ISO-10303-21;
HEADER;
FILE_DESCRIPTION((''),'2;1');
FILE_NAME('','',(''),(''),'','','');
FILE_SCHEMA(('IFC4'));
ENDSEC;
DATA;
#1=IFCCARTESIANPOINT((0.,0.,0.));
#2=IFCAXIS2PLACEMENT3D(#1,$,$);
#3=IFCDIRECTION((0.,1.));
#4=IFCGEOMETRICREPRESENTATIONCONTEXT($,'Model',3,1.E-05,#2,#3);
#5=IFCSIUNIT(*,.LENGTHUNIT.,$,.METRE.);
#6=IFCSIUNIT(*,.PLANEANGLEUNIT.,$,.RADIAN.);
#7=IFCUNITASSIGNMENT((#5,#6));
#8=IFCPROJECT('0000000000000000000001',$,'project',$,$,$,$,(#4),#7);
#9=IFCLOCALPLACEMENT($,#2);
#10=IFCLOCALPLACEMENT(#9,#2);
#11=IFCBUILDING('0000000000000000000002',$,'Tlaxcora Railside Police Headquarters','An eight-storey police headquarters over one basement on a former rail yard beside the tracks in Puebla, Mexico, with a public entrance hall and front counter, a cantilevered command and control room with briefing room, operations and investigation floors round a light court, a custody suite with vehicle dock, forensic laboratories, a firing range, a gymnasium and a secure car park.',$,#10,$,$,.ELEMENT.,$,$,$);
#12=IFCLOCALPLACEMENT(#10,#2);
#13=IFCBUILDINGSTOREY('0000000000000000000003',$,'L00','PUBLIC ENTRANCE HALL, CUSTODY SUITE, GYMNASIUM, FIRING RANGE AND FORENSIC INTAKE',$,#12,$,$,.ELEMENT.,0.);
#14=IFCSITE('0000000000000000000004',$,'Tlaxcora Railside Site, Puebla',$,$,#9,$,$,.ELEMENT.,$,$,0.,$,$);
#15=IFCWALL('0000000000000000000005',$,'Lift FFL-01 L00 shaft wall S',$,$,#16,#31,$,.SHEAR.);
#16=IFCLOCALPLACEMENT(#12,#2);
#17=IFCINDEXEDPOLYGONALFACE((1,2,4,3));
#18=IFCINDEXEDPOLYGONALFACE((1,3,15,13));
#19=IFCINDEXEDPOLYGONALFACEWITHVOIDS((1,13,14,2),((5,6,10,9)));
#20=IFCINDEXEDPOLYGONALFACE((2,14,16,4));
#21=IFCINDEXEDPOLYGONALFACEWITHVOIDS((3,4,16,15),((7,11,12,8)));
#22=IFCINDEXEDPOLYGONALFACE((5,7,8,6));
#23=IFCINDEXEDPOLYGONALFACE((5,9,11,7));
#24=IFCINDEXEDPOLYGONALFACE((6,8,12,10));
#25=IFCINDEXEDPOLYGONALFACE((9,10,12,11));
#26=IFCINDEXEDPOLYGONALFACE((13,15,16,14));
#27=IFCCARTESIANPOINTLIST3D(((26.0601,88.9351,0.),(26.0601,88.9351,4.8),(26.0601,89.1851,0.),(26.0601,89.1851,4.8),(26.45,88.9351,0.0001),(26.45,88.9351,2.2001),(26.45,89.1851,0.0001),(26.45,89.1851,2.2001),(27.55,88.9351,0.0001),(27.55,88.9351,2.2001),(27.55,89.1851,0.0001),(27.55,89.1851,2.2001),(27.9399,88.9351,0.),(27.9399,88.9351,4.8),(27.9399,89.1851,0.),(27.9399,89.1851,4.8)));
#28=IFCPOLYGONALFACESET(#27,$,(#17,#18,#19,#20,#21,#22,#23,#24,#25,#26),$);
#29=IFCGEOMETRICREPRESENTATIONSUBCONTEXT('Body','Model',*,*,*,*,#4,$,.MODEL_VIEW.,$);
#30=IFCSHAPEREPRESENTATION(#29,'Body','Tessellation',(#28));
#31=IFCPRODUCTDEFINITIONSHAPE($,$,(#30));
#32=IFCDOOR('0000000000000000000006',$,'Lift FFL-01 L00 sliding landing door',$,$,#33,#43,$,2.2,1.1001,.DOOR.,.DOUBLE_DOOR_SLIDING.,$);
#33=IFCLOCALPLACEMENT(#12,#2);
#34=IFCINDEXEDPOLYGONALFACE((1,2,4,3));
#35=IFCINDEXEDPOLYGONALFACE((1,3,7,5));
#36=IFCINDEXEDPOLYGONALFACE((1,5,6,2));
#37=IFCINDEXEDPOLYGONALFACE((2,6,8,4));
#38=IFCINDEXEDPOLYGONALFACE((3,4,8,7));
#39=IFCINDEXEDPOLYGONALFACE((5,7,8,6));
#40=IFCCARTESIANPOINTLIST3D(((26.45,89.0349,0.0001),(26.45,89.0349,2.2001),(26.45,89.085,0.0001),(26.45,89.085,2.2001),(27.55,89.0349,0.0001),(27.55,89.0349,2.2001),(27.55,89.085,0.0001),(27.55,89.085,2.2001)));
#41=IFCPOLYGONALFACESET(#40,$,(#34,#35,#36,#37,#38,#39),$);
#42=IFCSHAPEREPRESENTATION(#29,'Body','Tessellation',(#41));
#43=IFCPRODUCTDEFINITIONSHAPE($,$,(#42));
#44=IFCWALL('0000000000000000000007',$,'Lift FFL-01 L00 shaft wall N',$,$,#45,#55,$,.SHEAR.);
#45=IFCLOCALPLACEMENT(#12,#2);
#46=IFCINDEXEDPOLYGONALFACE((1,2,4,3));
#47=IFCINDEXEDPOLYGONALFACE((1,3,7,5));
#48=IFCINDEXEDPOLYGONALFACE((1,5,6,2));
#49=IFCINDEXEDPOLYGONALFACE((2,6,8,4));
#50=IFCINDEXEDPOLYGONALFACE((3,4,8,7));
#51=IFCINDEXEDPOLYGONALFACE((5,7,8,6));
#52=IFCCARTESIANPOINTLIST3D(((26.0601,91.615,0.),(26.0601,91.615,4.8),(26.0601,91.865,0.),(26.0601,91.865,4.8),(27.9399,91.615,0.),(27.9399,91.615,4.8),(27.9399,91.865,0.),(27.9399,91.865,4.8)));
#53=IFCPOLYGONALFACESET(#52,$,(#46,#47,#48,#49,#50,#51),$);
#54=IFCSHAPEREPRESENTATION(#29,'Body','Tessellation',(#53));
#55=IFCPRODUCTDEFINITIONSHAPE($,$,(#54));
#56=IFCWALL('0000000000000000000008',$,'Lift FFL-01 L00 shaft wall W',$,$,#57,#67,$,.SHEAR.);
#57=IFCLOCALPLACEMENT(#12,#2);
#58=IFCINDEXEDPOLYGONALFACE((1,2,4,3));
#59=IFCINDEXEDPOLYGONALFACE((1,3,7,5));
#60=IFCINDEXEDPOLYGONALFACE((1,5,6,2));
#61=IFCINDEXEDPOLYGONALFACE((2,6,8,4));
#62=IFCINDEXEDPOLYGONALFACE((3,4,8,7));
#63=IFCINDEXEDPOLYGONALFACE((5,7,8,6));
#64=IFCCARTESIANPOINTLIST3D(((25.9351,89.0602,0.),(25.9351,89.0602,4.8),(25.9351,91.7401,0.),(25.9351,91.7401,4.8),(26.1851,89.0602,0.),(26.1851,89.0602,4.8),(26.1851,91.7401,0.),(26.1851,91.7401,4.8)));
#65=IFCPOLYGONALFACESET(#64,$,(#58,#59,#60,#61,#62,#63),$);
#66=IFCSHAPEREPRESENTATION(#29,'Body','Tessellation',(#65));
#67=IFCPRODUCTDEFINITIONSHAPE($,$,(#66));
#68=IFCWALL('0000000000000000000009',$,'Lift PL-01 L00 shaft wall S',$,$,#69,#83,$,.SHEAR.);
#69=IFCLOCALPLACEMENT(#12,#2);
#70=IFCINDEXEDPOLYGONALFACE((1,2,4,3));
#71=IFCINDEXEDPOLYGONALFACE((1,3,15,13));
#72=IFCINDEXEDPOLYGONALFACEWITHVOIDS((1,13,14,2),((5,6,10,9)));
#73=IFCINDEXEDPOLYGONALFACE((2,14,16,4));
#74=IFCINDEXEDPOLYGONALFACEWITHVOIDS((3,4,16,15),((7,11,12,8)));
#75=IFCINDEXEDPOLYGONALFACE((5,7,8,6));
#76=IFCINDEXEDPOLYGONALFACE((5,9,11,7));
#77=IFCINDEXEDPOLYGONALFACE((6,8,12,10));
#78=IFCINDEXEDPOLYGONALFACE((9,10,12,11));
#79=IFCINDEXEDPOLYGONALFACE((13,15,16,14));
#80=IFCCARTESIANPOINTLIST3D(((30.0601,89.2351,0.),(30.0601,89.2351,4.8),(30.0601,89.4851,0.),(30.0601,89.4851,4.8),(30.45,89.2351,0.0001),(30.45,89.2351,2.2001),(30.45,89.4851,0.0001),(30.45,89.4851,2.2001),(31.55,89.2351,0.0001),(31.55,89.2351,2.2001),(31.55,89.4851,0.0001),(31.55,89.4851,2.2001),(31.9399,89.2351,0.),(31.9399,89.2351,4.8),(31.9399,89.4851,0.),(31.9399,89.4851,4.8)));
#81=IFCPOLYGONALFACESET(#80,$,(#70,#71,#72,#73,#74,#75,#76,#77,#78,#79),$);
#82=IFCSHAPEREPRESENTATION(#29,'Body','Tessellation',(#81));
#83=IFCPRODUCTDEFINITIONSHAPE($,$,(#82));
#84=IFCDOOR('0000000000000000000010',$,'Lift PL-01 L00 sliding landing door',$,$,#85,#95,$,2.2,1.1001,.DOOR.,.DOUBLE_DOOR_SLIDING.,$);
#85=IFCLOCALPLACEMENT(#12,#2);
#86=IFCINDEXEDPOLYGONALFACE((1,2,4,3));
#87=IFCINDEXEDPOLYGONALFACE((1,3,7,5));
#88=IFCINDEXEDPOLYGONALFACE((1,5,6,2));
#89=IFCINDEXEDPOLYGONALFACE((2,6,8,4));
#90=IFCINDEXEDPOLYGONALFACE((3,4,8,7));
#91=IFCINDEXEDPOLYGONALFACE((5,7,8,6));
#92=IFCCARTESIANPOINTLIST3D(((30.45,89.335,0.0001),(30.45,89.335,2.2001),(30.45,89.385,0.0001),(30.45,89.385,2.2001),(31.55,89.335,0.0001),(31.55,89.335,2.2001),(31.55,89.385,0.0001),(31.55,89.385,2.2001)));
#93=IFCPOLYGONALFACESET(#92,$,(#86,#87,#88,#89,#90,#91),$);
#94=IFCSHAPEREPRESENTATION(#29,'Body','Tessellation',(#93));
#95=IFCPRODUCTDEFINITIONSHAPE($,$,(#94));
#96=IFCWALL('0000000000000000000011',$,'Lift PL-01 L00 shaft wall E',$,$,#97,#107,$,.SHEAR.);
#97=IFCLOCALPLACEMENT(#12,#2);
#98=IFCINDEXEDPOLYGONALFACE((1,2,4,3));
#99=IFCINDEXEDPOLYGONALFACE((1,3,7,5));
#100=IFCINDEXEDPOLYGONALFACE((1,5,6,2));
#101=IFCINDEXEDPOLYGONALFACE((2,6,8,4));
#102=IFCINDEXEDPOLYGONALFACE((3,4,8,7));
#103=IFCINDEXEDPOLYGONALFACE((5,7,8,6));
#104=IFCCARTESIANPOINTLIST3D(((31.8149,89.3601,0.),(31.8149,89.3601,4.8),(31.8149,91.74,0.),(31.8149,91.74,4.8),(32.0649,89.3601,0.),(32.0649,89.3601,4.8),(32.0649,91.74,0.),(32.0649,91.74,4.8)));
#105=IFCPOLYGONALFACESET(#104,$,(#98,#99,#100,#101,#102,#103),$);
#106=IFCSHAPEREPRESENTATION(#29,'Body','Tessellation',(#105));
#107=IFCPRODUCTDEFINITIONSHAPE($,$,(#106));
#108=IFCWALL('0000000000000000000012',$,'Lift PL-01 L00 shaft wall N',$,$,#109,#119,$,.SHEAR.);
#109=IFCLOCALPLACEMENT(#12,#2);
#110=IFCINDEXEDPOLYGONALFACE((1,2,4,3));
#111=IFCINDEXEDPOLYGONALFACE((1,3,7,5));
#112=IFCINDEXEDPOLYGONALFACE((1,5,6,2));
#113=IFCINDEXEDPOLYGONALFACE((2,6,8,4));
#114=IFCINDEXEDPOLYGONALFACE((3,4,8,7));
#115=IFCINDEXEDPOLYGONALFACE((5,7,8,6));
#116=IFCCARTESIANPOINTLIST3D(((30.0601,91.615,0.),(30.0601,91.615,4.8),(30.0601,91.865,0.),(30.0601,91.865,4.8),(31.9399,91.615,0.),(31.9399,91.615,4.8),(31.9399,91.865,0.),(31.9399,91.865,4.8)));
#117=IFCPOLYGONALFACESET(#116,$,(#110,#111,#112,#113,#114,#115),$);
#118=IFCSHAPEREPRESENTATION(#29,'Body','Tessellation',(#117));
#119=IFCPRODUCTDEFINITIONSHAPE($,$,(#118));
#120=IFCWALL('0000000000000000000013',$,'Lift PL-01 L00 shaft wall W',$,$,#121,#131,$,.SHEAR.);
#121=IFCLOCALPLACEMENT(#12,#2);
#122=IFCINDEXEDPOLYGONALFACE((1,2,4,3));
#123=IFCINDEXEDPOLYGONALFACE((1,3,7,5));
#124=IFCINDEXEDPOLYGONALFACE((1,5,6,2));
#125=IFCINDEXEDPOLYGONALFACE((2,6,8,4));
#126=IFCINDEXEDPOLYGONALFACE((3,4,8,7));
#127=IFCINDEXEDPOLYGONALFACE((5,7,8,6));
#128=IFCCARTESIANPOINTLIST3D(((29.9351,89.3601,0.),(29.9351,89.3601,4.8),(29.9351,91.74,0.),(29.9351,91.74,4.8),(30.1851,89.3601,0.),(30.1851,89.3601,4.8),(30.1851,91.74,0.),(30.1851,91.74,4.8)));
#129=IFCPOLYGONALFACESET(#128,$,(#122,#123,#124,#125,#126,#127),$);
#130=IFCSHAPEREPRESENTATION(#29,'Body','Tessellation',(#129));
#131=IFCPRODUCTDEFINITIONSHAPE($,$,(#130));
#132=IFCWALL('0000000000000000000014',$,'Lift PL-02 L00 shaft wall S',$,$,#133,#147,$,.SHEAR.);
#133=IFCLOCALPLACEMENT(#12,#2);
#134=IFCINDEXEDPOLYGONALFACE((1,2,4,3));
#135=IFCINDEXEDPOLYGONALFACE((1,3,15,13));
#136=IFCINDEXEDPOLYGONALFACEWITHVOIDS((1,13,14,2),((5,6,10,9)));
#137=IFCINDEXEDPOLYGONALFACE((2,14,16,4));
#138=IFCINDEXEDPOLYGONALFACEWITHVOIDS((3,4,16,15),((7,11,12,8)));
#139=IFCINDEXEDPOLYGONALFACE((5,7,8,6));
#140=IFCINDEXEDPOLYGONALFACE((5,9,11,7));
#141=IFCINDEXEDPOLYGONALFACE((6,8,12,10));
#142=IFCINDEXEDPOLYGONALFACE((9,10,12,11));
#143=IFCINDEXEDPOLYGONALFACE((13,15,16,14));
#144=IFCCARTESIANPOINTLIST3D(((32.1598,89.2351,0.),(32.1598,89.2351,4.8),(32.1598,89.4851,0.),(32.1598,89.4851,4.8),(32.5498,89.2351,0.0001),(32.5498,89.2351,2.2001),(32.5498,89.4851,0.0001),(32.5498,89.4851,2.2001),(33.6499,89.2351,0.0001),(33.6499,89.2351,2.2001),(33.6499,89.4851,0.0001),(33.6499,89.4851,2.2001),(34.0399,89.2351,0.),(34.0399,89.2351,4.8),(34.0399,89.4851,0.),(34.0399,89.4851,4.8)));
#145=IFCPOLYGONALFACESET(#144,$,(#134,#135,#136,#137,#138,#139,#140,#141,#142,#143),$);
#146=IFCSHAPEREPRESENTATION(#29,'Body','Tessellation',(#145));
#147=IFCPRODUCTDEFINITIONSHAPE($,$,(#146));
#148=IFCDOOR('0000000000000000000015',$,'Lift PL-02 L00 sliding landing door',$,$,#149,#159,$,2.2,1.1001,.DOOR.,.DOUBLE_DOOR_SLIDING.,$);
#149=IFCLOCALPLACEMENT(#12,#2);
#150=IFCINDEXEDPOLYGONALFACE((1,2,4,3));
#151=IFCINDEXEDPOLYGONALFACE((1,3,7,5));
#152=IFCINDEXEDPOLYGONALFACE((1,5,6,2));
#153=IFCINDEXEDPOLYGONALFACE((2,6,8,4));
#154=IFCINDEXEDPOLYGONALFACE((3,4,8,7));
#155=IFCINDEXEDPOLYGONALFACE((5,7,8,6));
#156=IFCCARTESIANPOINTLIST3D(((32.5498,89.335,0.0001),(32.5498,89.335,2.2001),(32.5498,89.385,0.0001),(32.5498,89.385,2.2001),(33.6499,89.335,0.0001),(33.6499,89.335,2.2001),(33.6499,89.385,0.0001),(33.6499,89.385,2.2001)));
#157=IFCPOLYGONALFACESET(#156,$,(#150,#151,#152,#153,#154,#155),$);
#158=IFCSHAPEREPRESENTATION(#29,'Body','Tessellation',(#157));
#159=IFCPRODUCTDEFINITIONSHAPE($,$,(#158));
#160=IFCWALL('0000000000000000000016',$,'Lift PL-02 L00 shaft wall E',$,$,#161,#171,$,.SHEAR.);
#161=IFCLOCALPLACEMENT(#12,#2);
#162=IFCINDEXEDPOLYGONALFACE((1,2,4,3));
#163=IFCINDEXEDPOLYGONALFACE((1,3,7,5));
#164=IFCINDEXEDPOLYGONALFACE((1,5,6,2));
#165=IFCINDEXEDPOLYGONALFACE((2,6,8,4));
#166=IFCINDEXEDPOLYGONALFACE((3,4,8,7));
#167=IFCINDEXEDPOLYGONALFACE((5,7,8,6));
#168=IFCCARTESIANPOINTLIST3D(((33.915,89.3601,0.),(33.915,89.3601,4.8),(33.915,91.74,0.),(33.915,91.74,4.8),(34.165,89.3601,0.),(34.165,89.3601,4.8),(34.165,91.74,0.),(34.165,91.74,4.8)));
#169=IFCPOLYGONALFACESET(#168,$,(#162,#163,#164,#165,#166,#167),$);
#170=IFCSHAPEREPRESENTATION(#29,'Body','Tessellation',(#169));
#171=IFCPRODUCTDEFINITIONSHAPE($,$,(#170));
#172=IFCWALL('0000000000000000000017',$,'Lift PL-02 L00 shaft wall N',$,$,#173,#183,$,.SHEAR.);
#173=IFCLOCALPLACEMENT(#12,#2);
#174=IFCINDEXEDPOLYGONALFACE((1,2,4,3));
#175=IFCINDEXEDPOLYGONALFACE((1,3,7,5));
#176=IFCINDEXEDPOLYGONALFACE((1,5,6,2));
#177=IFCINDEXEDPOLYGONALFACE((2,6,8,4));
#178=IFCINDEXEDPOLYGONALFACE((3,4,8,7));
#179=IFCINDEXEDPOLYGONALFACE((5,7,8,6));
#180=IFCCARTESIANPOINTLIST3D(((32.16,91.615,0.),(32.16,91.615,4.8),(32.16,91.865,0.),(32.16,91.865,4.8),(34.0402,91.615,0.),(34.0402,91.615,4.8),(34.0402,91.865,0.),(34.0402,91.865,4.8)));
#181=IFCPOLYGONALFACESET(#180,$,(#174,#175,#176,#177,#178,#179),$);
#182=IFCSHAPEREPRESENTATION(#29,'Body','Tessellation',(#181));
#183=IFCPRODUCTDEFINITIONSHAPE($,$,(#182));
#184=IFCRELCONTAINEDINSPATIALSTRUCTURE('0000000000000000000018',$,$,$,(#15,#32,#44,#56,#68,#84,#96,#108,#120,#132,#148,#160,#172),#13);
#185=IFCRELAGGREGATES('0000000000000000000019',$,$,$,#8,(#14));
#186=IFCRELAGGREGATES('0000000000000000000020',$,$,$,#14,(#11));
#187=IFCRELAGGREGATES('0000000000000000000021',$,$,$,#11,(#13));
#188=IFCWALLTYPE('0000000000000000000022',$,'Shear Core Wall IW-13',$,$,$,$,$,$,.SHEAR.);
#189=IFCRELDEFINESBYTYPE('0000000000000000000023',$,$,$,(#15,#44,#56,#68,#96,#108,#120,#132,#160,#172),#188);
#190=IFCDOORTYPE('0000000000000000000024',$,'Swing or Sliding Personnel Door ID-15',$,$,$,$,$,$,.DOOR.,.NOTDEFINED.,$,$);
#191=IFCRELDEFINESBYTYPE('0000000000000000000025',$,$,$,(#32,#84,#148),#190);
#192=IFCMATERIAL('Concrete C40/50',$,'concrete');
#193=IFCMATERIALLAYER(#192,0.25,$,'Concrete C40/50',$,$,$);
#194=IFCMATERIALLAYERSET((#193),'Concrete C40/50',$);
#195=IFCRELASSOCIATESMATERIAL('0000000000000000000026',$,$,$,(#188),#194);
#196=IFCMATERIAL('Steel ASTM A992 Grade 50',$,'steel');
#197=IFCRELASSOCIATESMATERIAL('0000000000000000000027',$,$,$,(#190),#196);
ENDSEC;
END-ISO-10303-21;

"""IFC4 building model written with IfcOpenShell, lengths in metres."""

from ifc_helpers import new_model, si_unit, direction, frame, frame_2d, origin, place, context, subcontext, project, spatial, rectangle, extrude, material, layer, layer_set, type_object, element, fill, save


model = new_model("IFC4")

# Units and contexts
model_context = context("Model", 3, precision=1e-05, world=origin(), true_north=direction((0.0, 1.0)))
body_context = subcontext(model_context, "Body", "Model", "MODEL_VIEW")
ifc_project = project(units=[si_unit("LENGTHUNIT", "METRE"), si_unit("PLANEANGLEUNIT", "RADIAN")], contexts=[model_context])

# Site, building, storey
site_placement = place(None, origin())
site = spatial("IfcSite", under=ifc_project, at=site_placement, Name="Tlaxcora Railside Site, Puebla", CompositionType="ELEMENT", RefElevation=0.0)
building_placement = place(site_placement, origin())
building = spatial("IfcBuilding", under=site, at=building_placement, Name="Tlaxcora Railside Police Headquarters", Description="An eight-storey police headquarters over one basement on a former rail yard beside the tracks in Puebla, Mexico, with a public entrance hall and front counter, a cantilevered command and control room with briefing room, operations and investigation floors round a light court, a custody suite with vehicle dock, forensic laboratories, a firing range, a gymnasium and a secure car park.", CompositionType="ELEMENT")
storey_placement = place(building_placement, origin())
storey = spatial("IfcBuildingStorey", under=building, at=storey_placement, Name="L00", Description="PUBLIC ENTRANCE HALL, CUSTODY SUITE, GYMNASIUM, FIRING RANGE AND FORENSIC INTAKE", CompositionType="ELEMENT", Elevation=0.0)

# Shared definitions
ifc_material_1 = material(Name="Concrete C40/50", Category="concrete")

# Shared definitions
ifc_material_2 = material(Name="Steel ASTM A992 Grade 50", Category="steel")

# Wall, opening, door
ifc_layer_1 = layer(ifc_material_1, 0.25, Name="Concrete C40/50")
ifc_layer_set_1 = layer_set([ifc_layer_1], Name="Concrete C40/50")
wall_type_1 = type_object("IfcWallType", Name="Shear Core Wall IW-13", PredefinedType="SHEAR", material=ifc_layer_set_1)
wall_1_placement = place(storey_placement, frame((26.0601, 89.0601, 0.0), z_axis=(0.0, 0.0, 1.0), x_axis=(1.0, 0.0, 0.0)))
wall_1 = element("IfcWall", 1, at=wall_1_placement, inside=storey, type_object=wall_type_1, Name="Lift FFL-01 L00 shaft wall S", PredefinedType="SHEAR", context=body_context, shape_type="SweptSolid", body=[
    extrude(rectangle(XDim=1.8799, YDim=0.25, at=frame_2d((0.9399, 0.0))), origin(), (0.0, 0.0, 1.0), 4.8),
])
opening_1_placement = place(wall_1_placement, frame((0.3899, 0.0, 0.0)))
opening_1 = element("IfcOpeningElement", 2, at=opening_1_placement, cuts=wall_1, PredefinedType="OPENING", context=body_context, shape_type="SweptSolid", body=[
    extrude(rectangle(XDim=1.1001, YDim=2.2, at=frame_2d((0.55, 1.1001))), frame((0.0, 0.135, 0.0), z_axis=(0.0, -1.0, 0.0), x_axis=(1.0, 0.0, 0.0)), (0.0, 0.0, 1.0), 0.27),
])
door_type = type_object("IfcDoorType", Name="Swing or Sliding Personnel Door ID-15", OperationType="NOTDEFINED", PredefinedType="DOOR", material=ifc_material_2)
door_1_placement = place(opening_1_placement, origin())
door_1 = element("IfcDoor", 3, at=door_1_placement, inside=storey, type_object=door_type, Name="Lift FFL-01 L00 sliding landing door", OperationType="DOUBLE_DOOR_SLIDING", OverallHeight=2.2, OverallWidth=1.1001, PredefinedType="DOOR", context=body_context, shape_type="SweptSolid", body=[
    extrude(rectangle(XDim=1.1001, YDim=2.2, at=frame_2d((0.55, 1.1001))), frame((0.0, 0.0249, 0.0), z_axis=(0.0, -1.0, 0.0), x_axis=(1.0, 0.0, 0.0)), (0.0, 0.0, 1.0), 0.05),
])
fill(opening_1, door_1)

# Walls
wall_2_placement = place(storey_placement, frame((27.9399, 91.74, 0.0), z_axis=(0.0, 0.0, 1.0), x_axis=(-1.0, 0.0, 0.0)))
element("IfcWall", 4, at=wall_2_placement, inside=storey, type_object=wall_type_1, Name="Lift FFL-01 L00 shaft wall N", PredefinedType="SHEAR", context=body_context, shape_type="SweptSolid", body=[
    extrude(rectangle(XDim=1.8799, YDim=0.25, at=frame_2d((0.9399, 0.0))), origin(), (0.0, 0.0, 1.0), 4.8),
])
wall_3_placement = place(storey_placement, frame((26.0601, 91.74, 0.0), z_axis=(0.0, 0.0, 1.0), x_axis=(0.0, -1.0, 0.0)))
element("IfcWall", 5, at=wall_3_placement, inside=storey, type_object=wall_type_1, Name="Lift FFL-01 L00 shaft wall W", PredefinedType="SHEAR", context=body_context, shape_type="SweptSolid", body=[
    extrude(rectangle(XDim=2.6799, YDim=0.25, at=frame_2d((1.3398, 0.0))), origin(), (0.0, 0.0, 1.0), 4.8),
])

# Wall, opening, door
wall_4_placement = place(storey_placement, frame((30.0601, 89.3601, 0.0), z_axis=(0.0, 0.0, 1.0), x_axis=(1.0, 0.0, 0.0)))
wall_4 = element("IfcWall", 6, at=wall_4_placement, inside=storey, type_object=wall_type_1, Name="Lift PL-01 L00 shaft wall S", PredefinedType="SHEAR", context=body_context, shape_type="SweptSolid", body=[
    extrude(rectangle(XDim=1.8799, YDim=0.25, at=frame_2d((0.9399, 0.0))), origin(), (0.0, 0.0, 1.0), 4.8),
])
opening_2_placement = place(wall_4_placement, frame((0.3899, 0.0, 0.0)))
opening_2 = element("IfcOpeningElement", 7, at=opening_2_placement, cuts=wall_4, PredefinedType="OPENING", context=body_context, shape_type="SweptSolid", body=[
    extrude(rectangle(XDim=1.1001, YDim=2.2, at=frame_2d((0.55, 1.1001))), frame((0.0, 0.135, 0.0), z_axis=(0.0, -1.0, 0.0), x_axis=(1.0, 0.0, 0.0)), (0.0, 0.0, 1.0), 0.27),
])
door_2_placement = place(opening_2_placement, origin())
door_2 = element("IfcDoor", 8, at=door_2_placement, inside=storey, type_object=door_type, Name="Lift PL-01 L00 sliding landing door", OperationType="DOUBLE_DOOR_SLIDING", OverallHeight=2.2, OverallWidth=1.1001, PredefinedType="DOOR", context=body_context, shape_type="SweptSolid", body=[
    extrude(rectangle(XDim=1.1001, YDim=2.2, at=frame_2d((0.55, 1.1001))), frame((0.0, 0.0249, 0.0), z_axis=(0.0, -1.0, 0.0), x_axis=(1.0, 0.0, 0.0)), (0.0, 0.0, 1.0), 0.05),
])
fill(opening_2, door_2)

# Walls
wall_5_placement = place(storey_placement, frame((31.9399, 89.3601, 0.0), z_axis=(0.0, 0.0, 1.0), x_axis=(0.0, 1.0, 0.0)))
element("IfcWall", 9, at=wall_5_placement, inside=storey, type_object=wall_type_1, Name="Lift PL-01 L00 shaft wall E", PredefinedType="SHEAR", context=body_context, shape_type="SweptSolid", body=[
    extrude(rectangle(XDim=2.3799, YDim=0.25, at=frame_2d((1.1899, 0.0))), origin(), (0.0, 0.0, 1.0), 4.8),
])
wall_6_placement = place(storey_placement, frame((31.9399, 91.74, 0.0), z_axis=(0.0, 0.0, 1.0), x_axis=(-1.0, 0.0, 0.0)))
element("IfcWall", 10, at=wall_6_placement, inside=storey, type_object=wall_type_1, Name="Lift PL-01 L00 shaft wall N", PredefinedType="SHEAR", context=body_context, shape_type="SweptSolid", body=[
    extrude(rectangle(XDim=1.8799, YDim=0.25, at=frame_2d((0.9399, 0.0))), origin(), (0.0, 0.0, 1.0), 4.8),
])
wall_7_placement = place(storey_placement, frame((30.0601, 91.74, 0.0), z_axis=(0.0, 0.0, 1.0), x_axis=(0.0, -1.0, 0.0)))
element("IfcWall", 11, at=wall_7_placement, inside=storey, type_object=wall_type_1, Name="Lift PL-01 L00 shaft wall W", PredefinedType="SHEAR", context=body_context, shape_type="SweptSolid", body=[
    extrude(rectangle(XDim=2.3799, YDim=0.25, at=frame_2d((1.1899, 0.0))), origin(), (0.0, 0.0, 1.0), 4.8),
])

# Wall, opening, door
wall_8_placement = place(storey_placement, frame((32.1599, 89.3601, 0.0), z_axis=(0.0, 0.0, 1.0), x_axis=(1.0, 0.0, 0.0)))
wall_8 = element("IfcWall", 12, at=wall_8_placement, inside=storey, type_object=wall_type_1, Name="Lift PL-02 L00 shaft wall S", PredefinedType="SHEAR", context=body_context, shape_type="SweptSolid", body=[
    extrude(rectangle(XDim=1.8801, YDim=0.25, at=frame_2d((0.9399, 0.0))), origin(), (0.0, 0.0, 1.0), 4.8),
])
opening_3_placement = place(wall_8_placement, frame((0.3899, 0.0, 0.0)))
opening_3 = element("IfcOpeningElement", 13, at=opening_3_placement, cuts=wall_8, PredefinedType="OPENING", context=body_context, shape_type="SweptSolid", body=[
    extrude(rectangle(XDim=1.1001, YDim=2.2, at=frame_2d((0.55, 1.1001))), frame((0.0, 0.135, 0.0), z_axis=(0.0, -1.0, 0.0), x_axis=(1.0, 0.0, 0.0)), (0.0, 0.0, 1.0), 0.27),
])
door_3_placement = place(opening_3_placement, origin())
door_3 = element("IfcDoor", 14, at=door_3_placement, inside=storey, type_object=door_type, Name="Lift PL-02 L00 sliding landing door", OperationType="DOUBLE_DOOR_SLIDING", OverallHeight=2.2, OverallWidth=1.1001, PredefinedType="DOOR", context=body_context, shape_type="SweptSolid", body=[
    extrude(rectangle(XDim=1.1001, YDim=2.2, at=frame_2d((0.55, 1.1001))), frame((0.0, 0.0249, 0.0), z_axis=(0.0, -1.0, 0.0), x_axis=(1.0, 0.0, 0.0)), (0.0, 0.0, 1.0), 0.05),
])
fill(opening_3, door_3)

# Walls
wall_9_placement = place(storey_placement, frame((34.04, 89.3601, 0.0), z_axis=(0.0, 0.0, 1.0), x_axis=(0.0, 1.0, 0.0)))
element("IfcWall", 15, at=wall_9_placement, inside=storey, type_object=wall_type_1, Name="Lift PL-02 L00 shaft wall E", PredefinedType="SHEAR", context=body_context, shape_type="SweptSolid", body=[
    extrude(rectangle(XDim=2.3799, YDim=0.25, at=frame_2d((1.1899, 0.0))), origin(), (0.0, 0.0, 1.0), 4.8),
])
wall_10_placement = place(storey_placement, frame((34.04, 91.74, 0.0), z_axis=(0.0, 0.0, 1.0), x_axis=(-1.0, 0.0, 0.0)))
element("IfcWall", 16, at=wall_10_placement, inside=storey, type_object=wall_type_1, Name="Lift PL-02 L00 shaft wall N", PredefinedType="SHEAR", context=body_context, shape_type="SweptSolid", body=[
    extrude(rectangle(XDim=1.8801, YDim=0.25, at=frame_2d((0.9399, 0.0))), origin(), (0.0, 0.0, 1.0), 4.8),
])

save(model, "model.ifc")
